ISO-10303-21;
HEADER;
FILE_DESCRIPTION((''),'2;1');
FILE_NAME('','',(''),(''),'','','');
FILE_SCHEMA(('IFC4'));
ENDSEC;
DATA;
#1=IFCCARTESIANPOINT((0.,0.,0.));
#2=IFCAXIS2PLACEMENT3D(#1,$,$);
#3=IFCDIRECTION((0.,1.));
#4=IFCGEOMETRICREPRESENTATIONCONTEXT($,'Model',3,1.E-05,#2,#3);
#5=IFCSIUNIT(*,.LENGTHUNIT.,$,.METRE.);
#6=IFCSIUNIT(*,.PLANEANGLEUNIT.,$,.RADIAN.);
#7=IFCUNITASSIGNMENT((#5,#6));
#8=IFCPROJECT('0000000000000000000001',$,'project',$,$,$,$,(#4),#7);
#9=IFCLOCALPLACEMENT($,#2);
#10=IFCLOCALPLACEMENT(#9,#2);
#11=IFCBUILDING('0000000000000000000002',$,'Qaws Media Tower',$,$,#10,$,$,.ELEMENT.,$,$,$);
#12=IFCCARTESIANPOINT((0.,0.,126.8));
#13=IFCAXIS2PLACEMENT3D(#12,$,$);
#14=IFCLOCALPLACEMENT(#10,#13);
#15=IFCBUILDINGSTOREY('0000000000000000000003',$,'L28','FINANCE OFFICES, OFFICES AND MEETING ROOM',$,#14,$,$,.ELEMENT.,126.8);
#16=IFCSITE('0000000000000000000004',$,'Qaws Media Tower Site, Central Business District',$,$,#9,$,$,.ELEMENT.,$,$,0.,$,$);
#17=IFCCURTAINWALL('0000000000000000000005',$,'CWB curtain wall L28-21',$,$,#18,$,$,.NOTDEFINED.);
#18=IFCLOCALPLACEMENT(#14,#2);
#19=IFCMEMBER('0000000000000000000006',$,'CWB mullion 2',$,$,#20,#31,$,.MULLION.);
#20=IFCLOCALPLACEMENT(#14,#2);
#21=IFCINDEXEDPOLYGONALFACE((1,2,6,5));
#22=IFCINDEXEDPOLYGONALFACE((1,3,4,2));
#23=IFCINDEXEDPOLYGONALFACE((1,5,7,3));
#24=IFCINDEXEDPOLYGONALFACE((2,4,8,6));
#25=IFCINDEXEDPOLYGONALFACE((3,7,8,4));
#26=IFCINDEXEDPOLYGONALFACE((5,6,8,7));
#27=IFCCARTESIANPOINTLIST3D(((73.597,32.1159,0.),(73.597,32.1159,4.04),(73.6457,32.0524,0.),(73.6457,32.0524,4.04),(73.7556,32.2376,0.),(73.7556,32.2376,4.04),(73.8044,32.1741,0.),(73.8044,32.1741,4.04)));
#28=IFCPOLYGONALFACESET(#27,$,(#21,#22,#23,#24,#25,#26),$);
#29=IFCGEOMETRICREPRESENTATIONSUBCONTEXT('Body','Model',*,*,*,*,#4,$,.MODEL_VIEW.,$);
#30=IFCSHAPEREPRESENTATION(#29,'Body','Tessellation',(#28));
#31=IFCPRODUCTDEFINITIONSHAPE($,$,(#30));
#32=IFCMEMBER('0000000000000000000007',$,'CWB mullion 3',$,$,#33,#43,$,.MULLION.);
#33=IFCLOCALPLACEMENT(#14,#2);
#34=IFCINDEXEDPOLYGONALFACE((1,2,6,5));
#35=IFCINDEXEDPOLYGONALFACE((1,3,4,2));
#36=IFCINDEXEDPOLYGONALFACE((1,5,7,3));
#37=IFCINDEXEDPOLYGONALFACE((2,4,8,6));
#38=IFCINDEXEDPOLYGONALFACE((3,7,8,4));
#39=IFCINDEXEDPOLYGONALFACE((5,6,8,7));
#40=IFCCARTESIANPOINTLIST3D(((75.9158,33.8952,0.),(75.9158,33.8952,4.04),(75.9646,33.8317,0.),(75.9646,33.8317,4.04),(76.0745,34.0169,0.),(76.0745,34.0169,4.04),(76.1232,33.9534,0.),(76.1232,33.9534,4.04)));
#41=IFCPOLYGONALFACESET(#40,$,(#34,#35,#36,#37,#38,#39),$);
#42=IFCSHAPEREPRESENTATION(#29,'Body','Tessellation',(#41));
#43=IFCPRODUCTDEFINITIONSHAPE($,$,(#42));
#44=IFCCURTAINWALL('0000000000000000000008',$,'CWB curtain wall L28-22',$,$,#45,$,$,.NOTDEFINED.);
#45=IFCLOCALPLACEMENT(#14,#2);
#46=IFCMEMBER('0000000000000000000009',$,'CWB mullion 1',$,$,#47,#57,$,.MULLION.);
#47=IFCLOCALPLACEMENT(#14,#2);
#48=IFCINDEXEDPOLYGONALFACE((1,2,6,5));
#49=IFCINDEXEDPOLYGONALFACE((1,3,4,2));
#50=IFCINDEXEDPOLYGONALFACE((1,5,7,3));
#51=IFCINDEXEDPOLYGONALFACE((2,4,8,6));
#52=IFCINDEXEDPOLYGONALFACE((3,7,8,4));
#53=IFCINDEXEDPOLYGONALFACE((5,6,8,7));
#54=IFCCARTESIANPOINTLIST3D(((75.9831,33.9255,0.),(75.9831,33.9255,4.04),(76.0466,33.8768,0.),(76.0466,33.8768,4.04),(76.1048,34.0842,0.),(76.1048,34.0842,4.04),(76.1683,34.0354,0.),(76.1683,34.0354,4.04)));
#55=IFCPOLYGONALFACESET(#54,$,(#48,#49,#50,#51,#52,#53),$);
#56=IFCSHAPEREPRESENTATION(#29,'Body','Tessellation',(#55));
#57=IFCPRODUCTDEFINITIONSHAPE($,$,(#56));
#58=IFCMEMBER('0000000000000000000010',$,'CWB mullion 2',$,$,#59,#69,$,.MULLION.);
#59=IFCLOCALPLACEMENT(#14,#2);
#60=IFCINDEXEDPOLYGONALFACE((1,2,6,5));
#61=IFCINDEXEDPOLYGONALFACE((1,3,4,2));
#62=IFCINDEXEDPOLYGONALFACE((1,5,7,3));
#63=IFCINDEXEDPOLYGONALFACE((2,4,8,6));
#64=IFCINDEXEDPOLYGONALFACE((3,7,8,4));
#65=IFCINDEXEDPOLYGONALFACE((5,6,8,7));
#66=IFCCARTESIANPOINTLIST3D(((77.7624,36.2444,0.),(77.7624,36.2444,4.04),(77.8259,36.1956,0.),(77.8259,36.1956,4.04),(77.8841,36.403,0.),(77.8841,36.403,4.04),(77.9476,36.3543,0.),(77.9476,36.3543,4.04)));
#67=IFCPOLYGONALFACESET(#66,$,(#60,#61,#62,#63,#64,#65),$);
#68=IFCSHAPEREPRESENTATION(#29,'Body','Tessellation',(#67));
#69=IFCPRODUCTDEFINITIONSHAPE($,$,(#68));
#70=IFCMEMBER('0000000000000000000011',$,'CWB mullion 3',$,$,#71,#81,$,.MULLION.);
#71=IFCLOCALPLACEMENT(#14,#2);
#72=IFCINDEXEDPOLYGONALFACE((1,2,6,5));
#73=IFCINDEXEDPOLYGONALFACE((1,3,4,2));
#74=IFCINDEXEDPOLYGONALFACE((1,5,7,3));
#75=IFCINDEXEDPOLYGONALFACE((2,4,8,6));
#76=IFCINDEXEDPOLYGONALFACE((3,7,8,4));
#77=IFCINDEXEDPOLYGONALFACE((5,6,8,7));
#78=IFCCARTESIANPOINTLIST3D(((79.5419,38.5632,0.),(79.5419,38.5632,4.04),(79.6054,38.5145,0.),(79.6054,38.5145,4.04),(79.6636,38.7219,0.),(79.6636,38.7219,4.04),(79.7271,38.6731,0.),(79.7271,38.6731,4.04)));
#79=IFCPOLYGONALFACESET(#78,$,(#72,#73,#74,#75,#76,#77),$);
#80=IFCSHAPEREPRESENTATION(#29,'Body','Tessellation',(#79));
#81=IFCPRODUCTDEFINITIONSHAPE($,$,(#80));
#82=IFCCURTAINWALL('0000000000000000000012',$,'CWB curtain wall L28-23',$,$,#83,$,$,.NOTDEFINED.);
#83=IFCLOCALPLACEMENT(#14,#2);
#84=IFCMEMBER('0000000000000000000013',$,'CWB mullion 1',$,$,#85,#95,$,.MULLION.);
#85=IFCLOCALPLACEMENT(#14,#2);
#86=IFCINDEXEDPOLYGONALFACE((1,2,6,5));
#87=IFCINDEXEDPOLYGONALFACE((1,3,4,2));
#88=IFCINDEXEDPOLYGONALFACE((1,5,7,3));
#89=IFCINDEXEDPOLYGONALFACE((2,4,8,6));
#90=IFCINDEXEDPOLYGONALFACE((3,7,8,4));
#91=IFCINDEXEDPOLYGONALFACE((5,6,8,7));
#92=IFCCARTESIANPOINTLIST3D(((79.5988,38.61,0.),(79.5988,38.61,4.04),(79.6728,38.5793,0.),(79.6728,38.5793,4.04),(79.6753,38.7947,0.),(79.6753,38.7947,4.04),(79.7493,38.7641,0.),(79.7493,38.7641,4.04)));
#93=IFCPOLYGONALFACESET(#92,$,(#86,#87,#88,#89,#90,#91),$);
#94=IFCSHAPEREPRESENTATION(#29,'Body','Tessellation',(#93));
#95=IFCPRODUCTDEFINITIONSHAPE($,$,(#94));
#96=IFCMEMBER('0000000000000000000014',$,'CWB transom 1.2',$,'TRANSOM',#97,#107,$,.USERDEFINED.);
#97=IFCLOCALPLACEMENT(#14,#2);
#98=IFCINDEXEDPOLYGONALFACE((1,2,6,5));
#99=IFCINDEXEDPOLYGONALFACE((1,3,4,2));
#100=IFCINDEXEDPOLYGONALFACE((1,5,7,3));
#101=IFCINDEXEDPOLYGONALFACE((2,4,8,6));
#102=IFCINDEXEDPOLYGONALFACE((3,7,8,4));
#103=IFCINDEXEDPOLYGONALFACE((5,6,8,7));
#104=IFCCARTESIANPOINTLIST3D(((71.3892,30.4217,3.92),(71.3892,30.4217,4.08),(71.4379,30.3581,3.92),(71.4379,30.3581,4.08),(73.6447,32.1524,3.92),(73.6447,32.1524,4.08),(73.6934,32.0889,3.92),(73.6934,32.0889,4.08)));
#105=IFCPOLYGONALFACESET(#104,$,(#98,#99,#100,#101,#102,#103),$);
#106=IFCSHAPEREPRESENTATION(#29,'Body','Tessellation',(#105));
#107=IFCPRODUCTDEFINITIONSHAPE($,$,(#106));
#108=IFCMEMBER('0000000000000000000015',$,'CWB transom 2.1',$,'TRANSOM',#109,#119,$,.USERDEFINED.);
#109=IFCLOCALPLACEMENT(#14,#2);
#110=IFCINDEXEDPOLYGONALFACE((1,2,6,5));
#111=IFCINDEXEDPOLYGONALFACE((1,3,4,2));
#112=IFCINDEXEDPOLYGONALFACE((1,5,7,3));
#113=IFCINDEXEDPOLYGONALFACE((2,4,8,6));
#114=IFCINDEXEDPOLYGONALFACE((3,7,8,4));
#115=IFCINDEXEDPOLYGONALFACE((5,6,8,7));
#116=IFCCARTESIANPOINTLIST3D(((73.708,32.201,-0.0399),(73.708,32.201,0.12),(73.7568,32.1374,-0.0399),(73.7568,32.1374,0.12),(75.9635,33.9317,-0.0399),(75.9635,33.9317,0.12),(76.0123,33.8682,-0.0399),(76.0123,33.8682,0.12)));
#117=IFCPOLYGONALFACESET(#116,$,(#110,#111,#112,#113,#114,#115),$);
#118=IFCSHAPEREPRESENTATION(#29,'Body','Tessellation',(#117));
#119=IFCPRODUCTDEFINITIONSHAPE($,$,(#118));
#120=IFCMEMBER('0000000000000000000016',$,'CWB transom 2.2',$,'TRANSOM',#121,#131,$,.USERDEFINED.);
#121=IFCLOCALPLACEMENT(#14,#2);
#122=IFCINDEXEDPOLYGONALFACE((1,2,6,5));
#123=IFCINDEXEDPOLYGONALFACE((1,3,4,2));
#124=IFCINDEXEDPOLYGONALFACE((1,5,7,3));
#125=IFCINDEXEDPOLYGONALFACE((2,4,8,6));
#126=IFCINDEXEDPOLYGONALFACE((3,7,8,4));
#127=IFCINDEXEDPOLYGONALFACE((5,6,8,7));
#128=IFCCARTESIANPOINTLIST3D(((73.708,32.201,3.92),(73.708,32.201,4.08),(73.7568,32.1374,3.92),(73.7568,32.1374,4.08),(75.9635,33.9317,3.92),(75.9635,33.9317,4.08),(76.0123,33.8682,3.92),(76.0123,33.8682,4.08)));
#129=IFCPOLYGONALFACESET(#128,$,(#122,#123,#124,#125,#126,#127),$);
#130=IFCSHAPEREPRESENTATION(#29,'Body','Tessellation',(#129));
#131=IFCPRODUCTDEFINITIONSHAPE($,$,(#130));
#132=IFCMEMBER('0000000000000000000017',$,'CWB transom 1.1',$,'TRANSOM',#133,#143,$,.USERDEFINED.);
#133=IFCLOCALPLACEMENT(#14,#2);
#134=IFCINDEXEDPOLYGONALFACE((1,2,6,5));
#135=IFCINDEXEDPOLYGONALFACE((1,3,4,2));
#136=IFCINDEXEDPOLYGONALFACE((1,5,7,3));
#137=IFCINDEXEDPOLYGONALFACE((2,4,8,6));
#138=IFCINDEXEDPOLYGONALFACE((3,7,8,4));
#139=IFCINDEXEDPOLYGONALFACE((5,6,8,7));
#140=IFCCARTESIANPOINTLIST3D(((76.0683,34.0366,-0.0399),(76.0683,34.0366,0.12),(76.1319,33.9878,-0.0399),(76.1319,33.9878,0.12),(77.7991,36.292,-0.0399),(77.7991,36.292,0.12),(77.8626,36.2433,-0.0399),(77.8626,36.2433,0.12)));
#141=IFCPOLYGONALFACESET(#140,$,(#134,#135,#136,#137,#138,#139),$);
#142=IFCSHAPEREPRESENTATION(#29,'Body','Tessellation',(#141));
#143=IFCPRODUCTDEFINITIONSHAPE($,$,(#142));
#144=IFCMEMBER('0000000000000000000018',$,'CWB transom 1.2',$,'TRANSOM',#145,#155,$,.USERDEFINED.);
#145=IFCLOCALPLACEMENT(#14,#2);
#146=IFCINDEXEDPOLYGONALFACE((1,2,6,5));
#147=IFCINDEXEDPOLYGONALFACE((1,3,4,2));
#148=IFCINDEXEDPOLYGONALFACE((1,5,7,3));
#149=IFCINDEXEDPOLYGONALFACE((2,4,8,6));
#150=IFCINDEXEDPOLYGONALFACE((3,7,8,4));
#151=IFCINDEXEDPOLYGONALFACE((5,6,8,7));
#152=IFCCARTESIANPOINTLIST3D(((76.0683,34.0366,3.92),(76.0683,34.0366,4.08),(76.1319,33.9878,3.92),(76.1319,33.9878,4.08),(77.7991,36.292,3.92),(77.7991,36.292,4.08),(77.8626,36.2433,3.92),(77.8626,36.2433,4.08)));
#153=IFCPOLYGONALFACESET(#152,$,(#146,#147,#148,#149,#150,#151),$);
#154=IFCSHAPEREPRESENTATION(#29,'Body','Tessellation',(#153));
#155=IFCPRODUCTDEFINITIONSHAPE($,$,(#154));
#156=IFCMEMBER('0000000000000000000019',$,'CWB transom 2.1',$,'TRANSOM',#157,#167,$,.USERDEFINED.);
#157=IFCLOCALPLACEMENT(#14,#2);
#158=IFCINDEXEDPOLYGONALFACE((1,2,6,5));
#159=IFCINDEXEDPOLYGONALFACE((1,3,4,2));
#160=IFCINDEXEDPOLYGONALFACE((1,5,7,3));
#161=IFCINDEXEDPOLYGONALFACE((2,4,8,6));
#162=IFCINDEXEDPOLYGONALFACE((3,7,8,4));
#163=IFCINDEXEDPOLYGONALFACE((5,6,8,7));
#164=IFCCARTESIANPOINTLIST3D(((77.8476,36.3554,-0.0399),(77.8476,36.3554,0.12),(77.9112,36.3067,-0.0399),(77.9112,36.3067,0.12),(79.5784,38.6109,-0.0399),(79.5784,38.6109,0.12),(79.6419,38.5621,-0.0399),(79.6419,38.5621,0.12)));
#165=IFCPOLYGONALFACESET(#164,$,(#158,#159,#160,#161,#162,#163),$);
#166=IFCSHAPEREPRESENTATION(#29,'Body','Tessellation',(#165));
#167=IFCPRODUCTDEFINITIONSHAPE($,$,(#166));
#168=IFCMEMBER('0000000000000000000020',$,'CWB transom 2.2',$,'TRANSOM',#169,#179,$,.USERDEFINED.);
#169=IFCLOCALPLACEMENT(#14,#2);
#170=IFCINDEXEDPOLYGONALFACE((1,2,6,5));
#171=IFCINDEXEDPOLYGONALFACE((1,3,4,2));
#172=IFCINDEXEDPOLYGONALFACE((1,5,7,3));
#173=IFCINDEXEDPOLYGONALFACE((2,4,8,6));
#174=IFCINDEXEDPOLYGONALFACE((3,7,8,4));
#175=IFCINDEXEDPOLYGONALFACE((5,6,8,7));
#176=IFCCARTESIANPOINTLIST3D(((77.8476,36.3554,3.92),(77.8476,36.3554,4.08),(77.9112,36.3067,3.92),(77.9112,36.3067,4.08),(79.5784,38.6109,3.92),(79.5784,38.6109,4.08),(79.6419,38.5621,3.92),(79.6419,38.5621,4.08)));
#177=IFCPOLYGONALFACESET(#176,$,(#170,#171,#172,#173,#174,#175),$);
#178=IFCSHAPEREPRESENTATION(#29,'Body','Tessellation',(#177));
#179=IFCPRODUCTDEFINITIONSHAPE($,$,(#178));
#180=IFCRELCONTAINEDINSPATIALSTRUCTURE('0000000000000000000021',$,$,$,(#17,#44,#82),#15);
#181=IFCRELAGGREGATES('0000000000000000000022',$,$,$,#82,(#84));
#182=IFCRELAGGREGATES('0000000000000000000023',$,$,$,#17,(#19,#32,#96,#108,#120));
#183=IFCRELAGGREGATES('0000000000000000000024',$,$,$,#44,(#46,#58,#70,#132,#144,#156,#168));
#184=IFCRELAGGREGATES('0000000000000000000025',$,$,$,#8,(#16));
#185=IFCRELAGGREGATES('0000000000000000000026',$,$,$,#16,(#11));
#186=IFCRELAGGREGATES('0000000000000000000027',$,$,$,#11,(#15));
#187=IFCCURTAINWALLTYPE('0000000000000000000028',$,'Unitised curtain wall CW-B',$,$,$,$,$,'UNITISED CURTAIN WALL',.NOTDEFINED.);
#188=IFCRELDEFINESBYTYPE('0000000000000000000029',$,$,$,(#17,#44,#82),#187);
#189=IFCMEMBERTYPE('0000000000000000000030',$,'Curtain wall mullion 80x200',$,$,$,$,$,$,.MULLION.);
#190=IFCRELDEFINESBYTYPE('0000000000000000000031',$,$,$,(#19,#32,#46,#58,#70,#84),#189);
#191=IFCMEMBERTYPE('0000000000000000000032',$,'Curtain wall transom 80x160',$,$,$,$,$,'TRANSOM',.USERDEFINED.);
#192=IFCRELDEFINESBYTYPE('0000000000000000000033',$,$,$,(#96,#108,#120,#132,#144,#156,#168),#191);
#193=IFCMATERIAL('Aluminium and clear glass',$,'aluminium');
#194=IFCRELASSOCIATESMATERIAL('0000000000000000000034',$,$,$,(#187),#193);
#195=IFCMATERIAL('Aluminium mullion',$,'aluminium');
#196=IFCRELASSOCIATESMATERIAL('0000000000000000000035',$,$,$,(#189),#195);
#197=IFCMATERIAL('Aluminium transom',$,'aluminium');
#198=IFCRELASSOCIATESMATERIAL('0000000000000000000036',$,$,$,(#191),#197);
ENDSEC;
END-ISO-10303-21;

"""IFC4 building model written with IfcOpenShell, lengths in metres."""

from ifc_helpers import new_model, si_unit, direction, frame, origin, origin_2d, place, context, subcontext, project, spatial, rectangle, extrude, material, material_profile, profile_set, type_object, element, aggregate, save


model = new_model("IFC4")

# Units and contexts
model_context = context("Model", 3, precision=1e-05, world=origin(), true_north=direction((0.0, 1.0)))
body_context = subcontext(model_context, "Body", "Model", "MODEL_VIEW")
ifc_project = project(units=[si_unit("LENGTHUNIT", "METRE"), si_unit("PLANEANGLEUNIT", "RADIAN")], contexts=[model_context])

# Site, building, storey
site_placement = place(None, origin())
site = spatial("IfcSite", under=ifc_project, at=site_placement, Name="Qaws Media Tower Site, Central Business District", CompositionType="ELEMENT", RefElevation=0.0)
building_placement = place(site_placement, origin())
building = spatial("IfcBuilding", under=site, at=building_placement, Name="Qaws Media Tower", CompositionType="ELEMENT")
storey_placement = place(building_placement, frame((0.0, 0.0, 126.8)))
storey = spatial("IfcBuildingStorey", under=building, at=storey_placement, Name="L28", Description="FINANCE OFFICES, OFFICES AND MEETING ROOM", CompositionType="ELEMENT", Elevation=126.8)

# Curtain walls, members
ifc_material_1 = material(Name="Aluminium and clear glass", Category="aluminium")
curtain_wall_type = type_object("IfcCurtainWallType", Name="Unitised curtain wall CW-B", ElementType="UNITISED CURTAIN WALL", PredefinedType="NOTDEFINED", material=ifc_material_1)
curtain_wall_1_placement = place(storey_placement, origin())
curtain_wall_1 = element("IfcCurtainWall", 1, at=curtain_wall_1_placement, inside=storey, type_object=curtain_wall_type, Name="CWB curtain wall L28-21", PredefinedType="NOTDEFINED")
ifc_material_2 = material(Name="Aluminium mullion", Category="aluminium")
ifc_material_profile_1 = material_profile(ifc_material_2, rectangle(XDim=0.0801, YDim=0.2, at=origin_2d()), Name="80x200")
ifc_profile_set_1 = profile_set([ifc_material_profile_1], Name="Aluminium mullion")
member_type_1 = type_object("IfcMemberType", Name="Curtain wall mullion 80x200", PredefinedType="MULLION", material=ifc_profile_set_1)
member_1_placement = place(storey_placement, frame((73.7007, 32.145, 0.0), z_axis=(0.0, 0.0, 1.0), x_axis=(-0.608761, 0.793353, 0.0)))
member_1 = element("IfcMember", 2, at=member_1_placement, type_object=member_type_1, Name="CWB mullion 2", PredefinedType="MULLION", context=body_context, shape_type="SweptSolid", body=[
    extrude(rectangle(XDim=0.0801, YDim=0.2, at=origin_2d()), origin(), (0.0, 0.0, 1.0), 4.04),
])
member_2_placement = place(storey_placement, frame((76.0195, 33.9243, 0.0), z_axis=(0.0, 0.0, 1.0), x_axis=(-0.608761, 0.793353, 0.0)))
member_2 = element("IfcMember", 3, at=member_2_placement, type_object=member_type_1, Name="CWB mullion 3", PredefinedType="MULLION", context=body_context, shape_type="SweptSolid", body=[
    extrude(rectangle(XDim=0.0801, YDim=0.2, at=origin_2d()), origin(), (0.0, 0.0, 1.0), 4.04),
])
curtain_wall_2_placement = place(storey_placement, origin())
curtain_wall_2 = element("IfcCurtainWall", 4, at=curtain_wall_2_placement, inside=storey, type_object=curtain_wall_type, Name="CWB curtain wall L28-22", PredefinedType="NOTDEFINED")
member_3_placement = place(storey_placement, frame((76.0757, 33.9805, 0.0), z_axis=(0.0, 0.0, 1.0), x_axis=(-0.793353, 0.608761, 0.0)))
member_3 = element("IfcMember", 5, at=member_3_placement, type_object=member_type_1, Name="CWB mullion 1", PredefinedType="MULLION", context=body_context, shape_type="SweptSolid", body=[
    extrude(rectangle(XDim=0.0801, YDim=0.2, at=origin_2d()), origin(), (0.0, 0.0, 1.0), 4.04),
])
member_4_placement = place(storey_placement, frame((77.855, 36.2993, 0.0), z_axis=(0.0, 0.0, 1.0), x_axis=(-0.793353, 0.608761, 0.0)))
member_4 = element("IfcMember", 6, at=member_4_placement, type_object=member_type_1, Name="CWB mullion 2", PredefinedType="MULLION", context=body_context, shape_type="SweptSolid", body=[
    extrude(rectangle(XDim=0.0801, YDim=0.2, at=origin_2d()), origin(), (0.0, 0.0, 1.0), 4.04),
])
member_5_placement = place(storey_placement, frame((79.6345, 38.6182, 0.0), z_axis=(0.0, 0.0, 1.0), x_axis=(-0.793353, 0.608761, 0.0)))
member_5 = element("IfcMember", 7, at=member_5_placement, type_object=member_type_1, Name="CWB mullion 3", PredefinedType="MULLION", context=body_context, shape_type="SweptSolid", body=[
    extrude(rectangle(XDim=0.0801, YDim=0.2, at=origin_2d()), origin(), (0.0, 0.0, 1.0), 4.04),
])

# Curtain wall, member
curtain_wall_3_placement = place(storey_placement, origin())
curtain_wall_3 = element("IfcCurtainWall", 8, at=curtain_wall_3_placement, inside=storey, type_object=curtain_wall_type, Name="CWB curtain wall L28-23", PredefinedType="NOTDEFINED")
member_6_placement = place(storey_placement, frame((79.6741, 38.687, 0.0), z_axis=(0.0, 0.0, 1.0), x_axis=(-0.92388, 0.382683, 0.0)))
member_6 = element("IfcMember", 9, at=member_6_placement, type_object=member_type_1, Name="CWB mullion 1", PredefinedType="MULLION", context=body_context, shape_type="SweptSolid", body=[
    extrude(rectangle(XDim=0.0801, YDim=0.2, at=origin_2d()), origin(), (0.0, 0.0, 1.0), 4.04),
])
aggregate(curtain_wall_3, [member_6])

# Members
ifc_material_3 = material(Name="Aluminium transom", Category="aluminium")
ifc_material_profile_2 = material_profile(ifc_material_3, rectangle(XDim=0.0801, YDim=0.1599, at=origin_2d()), Name="80x160")
ifc_profile_set_2 = profile_set([ifc_material_profile_2], Name="Aluminium transom")
member_type_2 = type_object("IfcMemberType", Name="Curtain wall transom 80x160", ElementType="TRANSOM", PredefinedType="USERDEFINED", material=ifc_profile_set_2)
member_7_placement = place(storey_placement, frame((71.4136, 30.3899, 4.0), z_axis=(0.793335, 0.608785, 0.0), x_axis=(-0.608785, 0.793335, 0.0)))
member_7 = element("IfcMember", 10, at=member_7_placement, type_object=member_type_2, Name="CWB transom 1.2", ObjectType="TRANSOM", PredefinedType="USERDEFINED", context=body_context, shape_type="SweptSolid", body=[
    extrude(rectangle(XDim=0.0801, YDim=0.1599, at=origin_2d()), origin(), (0.0, 0.0, 1.0), 2.843),
])
member_8_placement = place(storey_placement, frame((73.7324, 32.1692, 0.04), z_axis=(0.793335, 0.608785, 0.0), x_axis=(-0.608785, 0.793335, 0.0)))
member_8 = element("IfcMember", 11, at=member_8_placement, type_object=member_type_2, Name="CWB transom 2.1", ObjectType="TRANSOM", PredefinedType="USERDEFINED", context=body_context, shape_type="SweptSolid", body=[
    extrude(rectangle(XDim=0.0801, YDim=0.1599, at=origin_2d()), origin(), (0.0, 0.0, 1.0), 2.843),
])
member_9_placement = place(storey_placement, frame((73.7324, 32.1692, 4.0), z_axis=(0.793335, 0.608785, 0.0), x_axis=(-0.608785, 0.793335, 0.0)))
member_9 = element("IfcMember", 12, at=member_9_placement, type_object=member_type_2, Name="CWB transom 2.2", ObjectType="TRANSOM", PredefinedType="USERDEFINED", context=body_context, shape_type="SweptSolid", body=[
    extrude(rectangle(XDim=0.0801, YDim=0.1599, at=origin_2d()), origin(), (0.0, 0.0, 1.0), 2.843),
])
member_10_placement = place(storey_placement, frame((76.1001, 34.0122, 0.04), z_axis=(0.608785, 0.793335, 0.0), x_axis=(-0.793335, 0.608785, 0.0)))
member_10 = element("IfcMember", 13, at=member_10_placement, type_object=member_type_2, Name="CWB transom 1.1", ObjectType="TRANSOM", PredefinedType="USERDEFINED", context=body_context, shape_type="SweptSolid", body=[
    extrude(rectangle(XDim=0.0801, YDim=0.1599, at=origin_2d()), origin(), (0.0, 0.0, 1.0), 2.843),
])
member_11_placement = place(storey_placement, frame((76.1001, 34.0122, 4.0), z_axis=(0.608785, 0.793335, 0.0), x_axis=(-0.793335, 0.608785, 0.0)))
member_11 = element("IfcMember", 14, at=member_11_placement, type_object=member_type_2, Name="CWB transom 1.2", ObjectType="TRANSOM", PredefinedType="USERDEFINED", context=body_context, shape_type="SweptSolid", body=[
    extrude(rectangle(XDim=0.0801, YDim=0.1599, at=origin_2d()), origin(), (0.0, 0.0, 1.0), 2.843),
])
member_12_placement = place(storey_placement, frame((77.8794, 36.3311, 0.04), z_axis=(0.608785, 0.793335, 0.0), x_axis=(-0.793335, 0.608785, 0.0)))
member_12 = element("IfcMember", 15, at=member_12_placement, type_object=member_type_2, Name="CWB transom 2.1", ObjectType="TRANSOM", PredefinedType="USERDEFINED", context=body_context, shape_type="SweptSolid", body=[
    extrude(rectangle(XDim=0.0801, YDim=0.1599, at=origin_2d()), origin(), (0.0, 0.0, 1.0), 2.843),
])
member_13_placement = place(storey_placement, frame((77.8794, 36.3311, 4.0), z_axis=(0.608785, 0.793335, 0.0), x_axis=(-0.793335, 0.608785, 0.0)))
member_13 = element("IfcMember", 16, at=member_13_placement, type_object=member_type_2, Name="CWB transom 2.2", ObjectType="TRANSOM", PredefinedType="USERDEFINED", context=body_context, shape_type="SweptSolid", body=[
    extrude(rectangle(XDim=0.0801, YDim=0.1599, at=origin_2d()), origin(), (0.0, 0.0, 1.0), 2.843),
])

aggregate(curtain_wall_1, [member_1, member_2, member_7, member_8, member_9])
aggregate(curtain_wall_2, [member_3, member_4, member_5, member_10, member_11, member_12, member_13])

save(model, "model.ifc")
